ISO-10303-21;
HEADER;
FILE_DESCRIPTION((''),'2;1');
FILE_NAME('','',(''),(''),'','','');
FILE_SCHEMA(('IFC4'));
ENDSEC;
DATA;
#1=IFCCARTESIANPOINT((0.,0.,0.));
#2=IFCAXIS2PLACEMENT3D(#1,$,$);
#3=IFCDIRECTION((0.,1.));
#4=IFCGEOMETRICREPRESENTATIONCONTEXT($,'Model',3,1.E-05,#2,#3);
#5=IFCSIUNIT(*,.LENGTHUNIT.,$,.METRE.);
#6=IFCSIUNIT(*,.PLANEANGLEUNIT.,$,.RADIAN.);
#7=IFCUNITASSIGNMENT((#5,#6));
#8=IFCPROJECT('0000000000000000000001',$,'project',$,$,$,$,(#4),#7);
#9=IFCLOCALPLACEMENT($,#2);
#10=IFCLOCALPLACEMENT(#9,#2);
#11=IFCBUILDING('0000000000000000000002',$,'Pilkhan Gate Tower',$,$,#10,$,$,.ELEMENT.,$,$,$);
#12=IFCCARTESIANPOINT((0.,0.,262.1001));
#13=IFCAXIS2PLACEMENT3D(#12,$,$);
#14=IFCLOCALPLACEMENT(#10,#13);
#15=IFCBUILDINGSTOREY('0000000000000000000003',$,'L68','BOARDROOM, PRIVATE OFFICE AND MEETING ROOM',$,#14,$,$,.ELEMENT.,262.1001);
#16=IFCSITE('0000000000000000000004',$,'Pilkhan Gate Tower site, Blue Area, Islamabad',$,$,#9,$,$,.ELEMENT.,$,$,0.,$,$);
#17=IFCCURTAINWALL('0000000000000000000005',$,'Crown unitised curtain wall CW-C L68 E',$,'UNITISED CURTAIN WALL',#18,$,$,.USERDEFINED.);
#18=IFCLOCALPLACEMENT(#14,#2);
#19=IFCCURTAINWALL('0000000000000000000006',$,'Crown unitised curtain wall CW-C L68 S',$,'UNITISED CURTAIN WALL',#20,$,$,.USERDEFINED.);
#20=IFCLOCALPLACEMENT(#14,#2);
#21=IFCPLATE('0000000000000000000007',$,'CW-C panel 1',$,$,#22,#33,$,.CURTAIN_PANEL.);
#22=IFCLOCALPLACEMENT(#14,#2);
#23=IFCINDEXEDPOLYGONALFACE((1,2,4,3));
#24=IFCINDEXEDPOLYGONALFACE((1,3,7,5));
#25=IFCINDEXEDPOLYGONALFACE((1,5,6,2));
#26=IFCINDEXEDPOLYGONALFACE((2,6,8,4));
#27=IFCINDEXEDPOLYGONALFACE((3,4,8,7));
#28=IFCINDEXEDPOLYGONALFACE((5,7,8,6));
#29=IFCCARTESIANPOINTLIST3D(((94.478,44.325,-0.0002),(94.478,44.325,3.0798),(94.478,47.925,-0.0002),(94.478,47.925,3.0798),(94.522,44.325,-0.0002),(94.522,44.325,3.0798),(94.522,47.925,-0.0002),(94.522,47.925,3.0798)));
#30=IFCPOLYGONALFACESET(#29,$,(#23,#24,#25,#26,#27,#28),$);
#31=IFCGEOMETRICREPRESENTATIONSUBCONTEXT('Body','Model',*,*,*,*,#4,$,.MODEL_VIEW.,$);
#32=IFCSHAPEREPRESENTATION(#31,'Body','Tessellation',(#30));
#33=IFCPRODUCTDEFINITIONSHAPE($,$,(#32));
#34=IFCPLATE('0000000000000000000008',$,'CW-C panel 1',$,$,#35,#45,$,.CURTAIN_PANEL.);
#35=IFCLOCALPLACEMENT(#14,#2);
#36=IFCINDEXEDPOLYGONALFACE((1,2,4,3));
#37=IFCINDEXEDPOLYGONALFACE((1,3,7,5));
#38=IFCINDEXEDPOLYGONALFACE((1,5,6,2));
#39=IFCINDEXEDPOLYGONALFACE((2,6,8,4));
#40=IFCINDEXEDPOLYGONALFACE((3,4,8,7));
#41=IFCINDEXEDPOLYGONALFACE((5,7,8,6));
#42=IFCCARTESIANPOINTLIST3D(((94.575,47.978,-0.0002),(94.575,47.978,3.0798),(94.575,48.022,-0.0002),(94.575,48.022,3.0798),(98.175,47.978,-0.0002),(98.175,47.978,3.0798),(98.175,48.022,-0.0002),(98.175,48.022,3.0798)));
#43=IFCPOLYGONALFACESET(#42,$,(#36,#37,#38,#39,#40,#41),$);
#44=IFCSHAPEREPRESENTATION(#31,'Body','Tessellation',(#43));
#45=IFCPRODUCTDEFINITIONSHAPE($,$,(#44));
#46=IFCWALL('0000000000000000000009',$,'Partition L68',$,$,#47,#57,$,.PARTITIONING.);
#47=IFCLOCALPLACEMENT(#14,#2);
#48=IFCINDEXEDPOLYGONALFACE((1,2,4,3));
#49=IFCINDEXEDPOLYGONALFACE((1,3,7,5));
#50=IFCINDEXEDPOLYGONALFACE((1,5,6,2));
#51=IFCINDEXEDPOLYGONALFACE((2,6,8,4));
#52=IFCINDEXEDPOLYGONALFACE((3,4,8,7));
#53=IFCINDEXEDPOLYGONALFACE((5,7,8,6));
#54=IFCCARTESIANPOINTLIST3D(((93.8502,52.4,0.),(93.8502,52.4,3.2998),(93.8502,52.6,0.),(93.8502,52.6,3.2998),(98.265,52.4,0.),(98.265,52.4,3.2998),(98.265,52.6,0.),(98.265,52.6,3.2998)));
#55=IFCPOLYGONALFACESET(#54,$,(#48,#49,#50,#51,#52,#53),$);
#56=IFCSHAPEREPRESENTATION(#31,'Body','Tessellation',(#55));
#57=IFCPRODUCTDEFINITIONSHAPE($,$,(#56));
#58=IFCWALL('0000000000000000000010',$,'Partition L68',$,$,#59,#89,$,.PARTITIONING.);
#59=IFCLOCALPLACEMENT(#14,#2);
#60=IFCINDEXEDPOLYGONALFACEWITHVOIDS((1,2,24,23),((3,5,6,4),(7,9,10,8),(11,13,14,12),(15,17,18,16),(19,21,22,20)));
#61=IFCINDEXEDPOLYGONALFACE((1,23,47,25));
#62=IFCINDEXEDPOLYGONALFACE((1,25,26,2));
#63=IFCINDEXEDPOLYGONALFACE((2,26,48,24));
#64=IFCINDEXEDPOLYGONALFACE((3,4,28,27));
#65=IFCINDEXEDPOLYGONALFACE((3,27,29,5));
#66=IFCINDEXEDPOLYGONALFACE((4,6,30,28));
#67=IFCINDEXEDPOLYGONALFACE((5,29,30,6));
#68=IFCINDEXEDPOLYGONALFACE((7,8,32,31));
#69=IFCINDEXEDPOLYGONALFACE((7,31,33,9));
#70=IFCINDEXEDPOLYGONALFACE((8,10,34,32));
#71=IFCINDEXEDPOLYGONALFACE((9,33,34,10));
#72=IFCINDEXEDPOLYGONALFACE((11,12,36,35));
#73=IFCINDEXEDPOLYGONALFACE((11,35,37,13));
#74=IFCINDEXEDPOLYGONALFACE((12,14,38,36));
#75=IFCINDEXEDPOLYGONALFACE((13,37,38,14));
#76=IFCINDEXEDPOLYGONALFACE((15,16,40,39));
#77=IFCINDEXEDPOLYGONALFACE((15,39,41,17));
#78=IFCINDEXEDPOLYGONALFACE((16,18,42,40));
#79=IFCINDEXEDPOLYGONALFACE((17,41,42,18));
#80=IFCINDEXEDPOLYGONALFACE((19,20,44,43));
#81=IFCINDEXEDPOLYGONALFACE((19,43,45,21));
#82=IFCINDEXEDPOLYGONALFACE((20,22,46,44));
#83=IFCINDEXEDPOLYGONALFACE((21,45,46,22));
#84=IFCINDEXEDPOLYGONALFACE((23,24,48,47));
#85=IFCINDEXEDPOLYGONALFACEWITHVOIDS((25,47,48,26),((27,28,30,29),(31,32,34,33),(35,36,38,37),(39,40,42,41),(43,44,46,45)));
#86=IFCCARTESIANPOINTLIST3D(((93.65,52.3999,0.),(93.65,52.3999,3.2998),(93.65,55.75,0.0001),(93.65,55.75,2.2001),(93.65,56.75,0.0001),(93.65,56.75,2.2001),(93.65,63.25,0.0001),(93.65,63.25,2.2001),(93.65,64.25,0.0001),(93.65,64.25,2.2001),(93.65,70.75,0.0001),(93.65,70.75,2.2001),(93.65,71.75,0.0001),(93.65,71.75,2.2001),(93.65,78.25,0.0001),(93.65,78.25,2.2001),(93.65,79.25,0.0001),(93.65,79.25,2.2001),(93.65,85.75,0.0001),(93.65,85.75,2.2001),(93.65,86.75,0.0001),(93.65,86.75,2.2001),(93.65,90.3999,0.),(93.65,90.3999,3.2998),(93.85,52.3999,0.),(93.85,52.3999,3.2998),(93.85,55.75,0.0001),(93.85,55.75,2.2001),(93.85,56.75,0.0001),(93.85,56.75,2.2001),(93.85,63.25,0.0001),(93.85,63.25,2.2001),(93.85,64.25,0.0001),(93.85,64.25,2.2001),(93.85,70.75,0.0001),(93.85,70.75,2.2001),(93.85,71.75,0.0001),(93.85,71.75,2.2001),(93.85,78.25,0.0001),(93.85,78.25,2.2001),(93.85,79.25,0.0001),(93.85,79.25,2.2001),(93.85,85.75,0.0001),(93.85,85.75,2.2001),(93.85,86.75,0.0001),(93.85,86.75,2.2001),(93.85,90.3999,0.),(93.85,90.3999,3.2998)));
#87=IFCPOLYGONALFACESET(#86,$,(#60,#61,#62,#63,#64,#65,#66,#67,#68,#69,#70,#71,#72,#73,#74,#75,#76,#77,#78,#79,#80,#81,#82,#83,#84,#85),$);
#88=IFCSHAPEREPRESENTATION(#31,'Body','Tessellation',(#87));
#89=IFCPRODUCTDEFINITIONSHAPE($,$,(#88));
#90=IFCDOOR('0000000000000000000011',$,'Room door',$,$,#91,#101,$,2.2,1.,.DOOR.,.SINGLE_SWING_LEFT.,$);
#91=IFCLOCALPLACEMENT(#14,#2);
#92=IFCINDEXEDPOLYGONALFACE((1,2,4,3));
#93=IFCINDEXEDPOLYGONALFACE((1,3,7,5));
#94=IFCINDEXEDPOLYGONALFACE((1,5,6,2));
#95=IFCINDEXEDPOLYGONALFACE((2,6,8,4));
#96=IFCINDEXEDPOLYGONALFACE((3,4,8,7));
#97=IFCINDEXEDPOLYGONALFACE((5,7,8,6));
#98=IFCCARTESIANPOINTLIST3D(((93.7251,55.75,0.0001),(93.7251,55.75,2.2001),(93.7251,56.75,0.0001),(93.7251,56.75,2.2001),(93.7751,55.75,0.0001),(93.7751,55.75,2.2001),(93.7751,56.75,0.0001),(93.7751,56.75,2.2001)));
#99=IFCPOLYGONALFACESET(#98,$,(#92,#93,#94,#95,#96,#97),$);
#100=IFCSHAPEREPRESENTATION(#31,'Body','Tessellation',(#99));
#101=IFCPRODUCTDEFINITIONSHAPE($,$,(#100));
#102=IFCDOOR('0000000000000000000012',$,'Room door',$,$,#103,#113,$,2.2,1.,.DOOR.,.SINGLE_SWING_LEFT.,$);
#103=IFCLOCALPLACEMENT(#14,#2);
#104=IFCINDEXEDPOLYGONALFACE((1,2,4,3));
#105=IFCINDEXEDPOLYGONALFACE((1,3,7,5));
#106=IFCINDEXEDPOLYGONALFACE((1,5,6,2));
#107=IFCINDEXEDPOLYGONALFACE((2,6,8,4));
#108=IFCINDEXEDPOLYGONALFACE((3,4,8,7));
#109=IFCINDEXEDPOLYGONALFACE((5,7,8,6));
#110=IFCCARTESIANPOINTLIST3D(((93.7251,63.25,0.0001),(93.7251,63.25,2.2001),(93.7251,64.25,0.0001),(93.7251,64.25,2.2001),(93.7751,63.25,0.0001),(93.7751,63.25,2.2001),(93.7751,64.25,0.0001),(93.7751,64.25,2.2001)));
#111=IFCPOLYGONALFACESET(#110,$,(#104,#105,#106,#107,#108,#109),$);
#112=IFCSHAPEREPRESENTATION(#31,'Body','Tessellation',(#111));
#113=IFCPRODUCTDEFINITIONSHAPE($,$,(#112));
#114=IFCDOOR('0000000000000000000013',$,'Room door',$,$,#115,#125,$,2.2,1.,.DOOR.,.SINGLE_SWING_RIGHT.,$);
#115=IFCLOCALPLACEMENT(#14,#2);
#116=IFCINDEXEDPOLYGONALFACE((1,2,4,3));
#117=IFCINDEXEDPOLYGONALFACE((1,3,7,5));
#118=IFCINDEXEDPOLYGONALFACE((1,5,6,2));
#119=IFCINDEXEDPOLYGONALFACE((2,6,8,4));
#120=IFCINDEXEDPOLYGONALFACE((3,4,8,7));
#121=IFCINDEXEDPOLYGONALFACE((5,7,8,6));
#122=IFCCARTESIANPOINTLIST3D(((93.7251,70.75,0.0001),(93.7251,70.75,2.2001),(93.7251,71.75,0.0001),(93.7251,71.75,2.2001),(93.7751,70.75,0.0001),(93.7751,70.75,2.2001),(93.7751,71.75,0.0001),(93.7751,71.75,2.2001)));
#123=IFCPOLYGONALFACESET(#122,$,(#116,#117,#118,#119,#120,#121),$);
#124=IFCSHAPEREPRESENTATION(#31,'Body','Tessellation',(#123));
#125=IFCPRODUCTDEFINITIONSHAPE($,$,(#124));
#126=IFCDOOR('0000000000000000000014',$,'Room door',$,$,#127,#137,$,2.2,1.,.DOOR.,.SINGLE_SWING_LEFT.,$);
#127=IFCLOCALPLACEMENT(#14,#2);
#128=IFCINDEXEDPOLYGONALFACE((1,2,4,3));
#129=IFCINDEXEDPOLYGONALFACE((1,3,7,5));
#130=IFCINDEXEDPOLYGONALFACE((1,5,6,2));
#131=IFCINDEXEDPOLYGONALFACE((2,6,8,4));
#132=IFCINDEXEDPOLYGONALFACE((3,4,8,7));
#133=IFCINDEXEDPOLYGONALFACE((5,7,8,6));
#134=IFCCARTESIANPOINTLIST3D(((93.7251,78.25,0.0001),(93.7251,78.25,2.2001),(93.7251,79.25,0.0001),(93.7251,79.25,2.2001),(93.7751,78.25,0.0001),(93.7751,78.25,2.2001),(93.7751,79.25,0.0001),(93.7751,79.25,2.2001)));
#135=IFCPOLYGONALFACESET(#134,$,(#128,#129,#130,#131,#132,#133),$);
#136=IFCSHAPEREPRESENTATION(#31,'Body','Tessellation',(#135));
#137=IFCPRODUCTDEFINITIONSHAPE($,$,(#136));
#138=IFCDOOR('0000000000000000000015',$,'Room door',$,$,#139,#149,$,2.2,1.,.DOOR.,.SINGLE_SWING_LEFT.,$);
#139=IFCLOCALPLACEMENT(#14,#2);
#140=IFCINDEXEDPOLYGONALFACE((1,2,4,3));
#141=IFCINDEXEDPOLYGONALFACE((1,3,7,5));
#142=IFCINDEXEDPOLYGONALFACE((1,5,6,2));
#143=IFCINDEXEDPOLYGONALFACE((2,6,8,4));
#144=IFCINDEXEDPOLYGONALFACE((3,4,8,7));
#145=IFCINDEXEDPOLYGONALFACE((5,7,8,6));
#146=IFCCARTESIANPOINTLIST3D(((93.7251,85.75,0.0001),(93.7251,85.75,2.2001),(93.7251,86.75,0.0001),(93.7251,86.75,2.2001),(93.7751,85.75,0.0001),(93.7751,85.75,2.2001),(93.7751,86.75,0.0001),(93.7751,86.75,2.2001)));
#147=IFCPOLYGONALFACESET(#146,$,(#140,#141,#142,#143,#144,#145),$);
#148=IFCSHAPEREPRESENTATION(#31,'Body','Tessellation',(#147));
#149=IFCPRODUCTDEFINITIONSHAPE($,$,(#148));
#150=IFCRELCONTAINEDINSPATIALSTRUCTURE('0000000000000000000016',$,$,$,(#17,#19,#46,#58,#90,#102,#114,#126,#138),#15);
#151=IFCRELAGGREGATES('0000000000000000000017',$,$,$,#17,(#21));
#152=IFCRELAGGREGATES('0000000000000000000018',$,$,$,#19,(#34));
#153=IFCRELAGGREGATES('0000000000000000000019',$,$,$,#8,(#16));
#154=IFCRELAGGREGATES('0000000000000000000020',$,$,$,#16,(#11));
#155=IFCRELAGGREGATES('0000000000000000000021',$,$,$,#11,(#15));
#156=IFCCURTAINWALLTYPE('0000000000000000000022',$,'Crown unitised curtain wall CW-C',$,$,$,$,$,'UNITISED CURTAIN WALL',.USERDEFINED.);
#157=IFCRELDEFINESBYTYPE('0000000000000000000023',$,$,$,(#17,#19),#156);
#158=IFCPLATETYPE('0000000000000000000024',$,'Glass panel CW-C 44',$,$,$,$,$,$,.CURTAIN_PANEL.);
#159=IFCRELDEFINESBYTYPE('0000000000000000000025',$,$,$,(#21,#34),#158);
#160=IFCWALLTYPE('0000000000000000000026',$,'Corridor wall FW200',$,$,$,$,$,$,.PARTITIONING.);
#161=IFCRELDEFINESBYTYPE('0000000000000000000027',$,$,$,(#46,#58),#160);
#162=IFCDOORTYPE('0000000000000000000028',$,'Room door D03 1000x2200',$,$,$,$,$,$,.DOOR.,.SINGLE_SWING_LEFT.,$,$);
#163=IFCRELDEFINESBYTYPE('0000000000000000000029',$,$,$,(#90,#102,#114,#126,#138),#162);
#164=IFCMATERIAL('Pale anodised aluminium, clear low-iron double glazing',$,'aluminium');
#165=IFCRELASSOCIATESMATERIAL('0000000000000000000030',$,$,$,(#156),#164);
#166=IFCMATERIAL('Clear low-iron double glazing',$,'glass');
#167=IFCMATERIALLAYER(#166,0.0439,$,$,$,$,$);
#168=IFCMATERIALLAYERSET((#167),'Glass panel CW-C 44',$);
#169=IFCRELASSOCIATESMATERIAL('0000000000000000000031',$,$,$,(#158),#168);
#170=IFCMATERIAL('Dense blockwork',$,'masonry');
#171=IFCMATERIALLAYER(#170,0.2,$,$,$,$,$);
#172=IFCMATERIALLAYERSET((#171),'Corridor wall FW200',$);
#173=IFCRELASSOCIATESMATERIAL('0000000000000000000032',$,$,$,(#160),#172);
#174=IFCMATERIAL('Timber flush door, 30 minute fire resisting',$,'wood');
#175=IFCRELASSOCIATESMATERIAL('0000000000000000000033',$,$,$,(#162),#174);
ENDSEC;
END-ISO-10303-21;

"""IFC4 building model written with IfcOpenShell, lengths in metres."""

from ifc_helpers import new_model, si_unit, direction, frame, frame_2d, origin, origin_2d, place, context, subcontext, project, spatial, rectangle, extrude, material, layer, layer_set, type_object, element, fill, aggregate, save


model = new_model("IFC4")

# Units and contexts
model_context = context("Model", 3, precision=1e-05, world=origin(), true_north=direction((0.0, 1.0)))
body_context = subcontext(model_context, "Body", "Model", "MODEL_VIEW")
ifc_project = project(units=[si_unit("LENGTHUNIT", "METRE"), si_unit("PLANEANGLEUNIT", "RADIAN")], contexts=[model_context])

# Site, building, storey
site_placement = place(None, origin())
site = spatial("IfcSite", under=ifc_project, at=site_placement, Name="Pilkhan Gate Tower site, Blue Area, Islamabad", CompositionType="ELEMENT", RefElevation=0.0)
building_placement = place(site_placement, origin())
building = spatial("IfcBuilding", under=site, at=building_placement, Name="Pilkhan Gate Tower", CompositionType="ELEMENT")
storey_placement = place(building_placement, frame((0.0, 0.0, 262.1001)))
storey = spatial("IfcBuildingStorey", under=building, at=storey_placement, Name="L68", Description="BOARDROOM, PRIVATE OFFICE AND MEETING ROOM", CompositionType="ELEMENT", Elevation=262.1001)

# Shared definitions
ifc_material_1 = material(Name="Pale anodised aluminium, clear low-iron double glazing", Category="aluminium")
curtain_wall_type = type_object("IfcCurtainWallType", Name="Crown unitised curtain wall CW-C", ElementType="UNITISED CURTAIN WALL", PredefinedType="USERDEFINED", material=ifc_material_1)

# Curtain walls
curtain_wall_1_placement = place(storey_placement, origin())
curtain_wall_1 = element("IfcCurtainWall", 1, at=curtain_wall_1_placement, inside=storey, type_object=curtain_wall_type, Name="Crown unitised curtain wall CW-C L68 E", ObjectType="UNITISED CURTAIN WALL", PredefinedType="USERDEFINED")
curtain_wall_2_placement = place(storey_placement, origin())
curtain_wall_2 = element("IfcCurtainWall", 2, at=curtain_wall_2_placement, inside=storey, type_object=curtain_wall_type, Name="Crown unitised curtain wall CW-C L68 S", ObjectType="UNITISED CURTAIN WALL", PredefinedType="USERDEFINED")

# Plates
ifc_material_2 = material(Name="Clear low-iron double glazing", Category="glass")
ifc_layer_1 = layer(ifc_material_2, 0.0439)
ifc_layer_set_1 = layer_set([ifc_layer_1], Name="Glass panel CW-C 44")
plate_type = type_object("IfcPlateType", Name="Glass panel CW-C 44", PredefinedType="CURTAIN_PANEL", material=ifc_layer_set_1)
plate_1_placement = place(storey_placement, frame((94.5, 46.125, -0.0002), z_axis=(0.0, 0.0, 1.0), x_axis=(0.0, 1.0, 0.0)))
plate_1 = element("IfcPlate", 3, at=plate_1_placement, type_object=plate_type, Name="CW-C panel 1", PredefinedType="CURTAIN_PANEL", context=body_context, shape_type="SweptSolid", body=[
    extrude(rectangle(XDim=3.6001, YDim=0.0439, at=origin_2d()), origin(), (0.0, 0.0, 1.0), 3.0801),
])
aggregate(curtain_wall_1, [plate_1])
plate_2_placement = place(storey_placement, frame((96.375, 48.0, -0.0002), z_axis=(0.0, 0.0, 1.0), x_axis=(1.0, 0.0, 0.0)))
plate_2 = element("IfcPlate", 4, at=plate_2_placement, type_object=plate_type, Name="CW-C panel 1", PredefinedType="CURTAIN_PANEL", context=body_context, shape_type="SweptSolid", body=[
    extrude(rectangle(XDim=3.6001, YDim=0.0439, at=origin_2d()), origin(), (0.0, 0.0, 1.0), 3.0801),
])
aggregate(curtain_wall_2, [plate_2])

# Wall
ifc_material_3 = material(Name="Dense blockwork", Category="masonry")
ifc_layer_2 = layer(ifc_material_3, 0.2)
ifc_layer_set_2 = layer_set([ifc_layer_2], Name="Corridor wall FW200")
wall_type = type_object("IfcWallType", Name="Corridor wall FW200", PredefinedType="PARTITIONING", material=ifc_layer_set_2)
wall_1_placement = place(storey_placement, frame((93.8501, 52.5, 0.0), z_axis=(0.0, 0.0, 1.0), x_axis=(1.0, 0.0, 0.0)))
element("IfcWall", 5, at=wall_1_placement, inside=storey, type_object=wall_type, Name="Partition L68", PredefinedType="PARTITIONING", context=body_context, shape_type="SweptSolid", body=[
    extrude(rectangle(XDim=4.4148, YDim=0.2, at=frame_2d((2.2075, 0.0))), origin(), (0.0, 0.0, 1.0), 3.2998),
])

# Wall, openings, doors
wall_2_placement = place(storey_placement, frame((93.75, 52.3999, 0.0), z_axis=(0.0, 0.0, 1.0), x_axis=(0.0, 1.0, 0.0)))
wall_2 = element("IfcWall", 6, at=wall_2_placement, inside=storey, type_object=wall_type, Name="Partition L68", PredefinedType="PARTITIONING", context=body_context, shape_type="SweptSolid", body=[
    extrude(rectangle(XDim=38.0, YDim=0.2, at=frame_2d((19.0, 0.0))), origin(), (0.0, 0.0, 1.0), 3.2998),
])
opening_1_placement = place(wall_2_placement, frame((3.3501, 0.0, 0.0)))
opening_1 = element("IfcOpeningElement", 7, at=opening_1_placement, cuts=wall_2, PredefinedType="OPENING", context=body_context, shape_type="SweptSolid", body=[
    extrude(rectangle(XDim=1.0, YDim=2.2, at=frame_2d((0.5, 1.1001))), frame((0.0, 0.1099, 0.0), z_axis=(0.0, -1.0, 0.0), x_axis=(1.0, 0.0, 0.0)), (0.0, 0.0, 1.0), 0.22),
])
opening_2_placement = place(wall_2_placement, frame((10.8501, 0.0, 0.0)))
opening_2 = element("IfcOpeningElement", 8, at=opening_2_placement, cuts=wall_2, PredefinedType="OPENING", context=body_context, shape_type="SweptSolid", body=[
    extrude(rectangle(XDim=1.0, YDim=2.2, at=frame_2d((0.5, 1.1001))), frame((0.0, 0.1099, 0.0), z_axis=(0.0, -1.0, 0.0), x_axis=(1.0, 0.0, 0.0)), (0.0, 0.0, 1.0), 0.22),
])
opening_3_placement = place(wall_2_placement, frame((18.3501, 0.0, 0.0)))
opening_3 = element("IfcOpeningElement", 9, at=opening_3_placement, cuts=wall_2, PredefinedType="OPENING", context=body_context, shape_type="SweptSolid", body=[
    extrude(rectangle(XDim=1.0, YDim=2.2, at=frame_2d((0.5, 1.1001))), frame((0.0, 0.1099, 0.0), z_axis=(0.0, -1.0, 0.0), x_axis=(1.0, 0.0, 0.0)), (0.0, 0.0, 1.0), 0.22),
])
opening_4_placement = place(wall_2_placement, frame((25.8501, 0.0, 0.0)))
opening_4 = element("IfcOpeningElement", 10, at=opening_4_placement, cuts=wall_2, PredefinedType="OPENING", context=body_context, shape_type="SweptSolid", body=[
    extrude(rectangle(XDim=1.0, YDim=2.2, at=frame_2d((0.5, 1.1001))), frame((0.0, 0.1099, 0.0), z_axis=(0.0, -1.0, 0.0), x_axis=(1.0, 0.0, 0.0)), (0.0, 0.0, 1.0), 0.22),
])
opening_5_placement = place(wall_2_placement, frame((33.3501, 0.0, 0.0)))
opening_5 = element("IfcOpeningElement", 11, at=opening_5_placement, cuts=wall_2, PredefinedType="OPENING", context=body_context, shape_type="SweptSolid", body=[
    extrude(rectangle(XDim=1.0, YDim=2.2, at=frame_2d((0.5, 1.1001))), frame((0.0, 0.1099, 0.0), z_axis=(0.0, -1.0, 0.0), x_axis=(1.0, 0.0, 0.0)), (0.0, 0.0, 1.0), 0.22),
])
ifc_material_4 = material(Name="Timber flush door, 30 minute fire resisting", Category="wood")
door_type = type_object("IfcDoorType", Name="Room door D03 1000x2200", OperationType="SINGLE_SWING_LEFT", PredefinedType="DOOR", material=ifc_material_4)
door_1_placement = place(opening_1_placement, origin())
door_1 = element("IfcDoor", 12, at=door_1_placement, inside=storey, type_object=door_type, Name="Room door", OperationType="SINGLE_SWING_LEFT", OverallHeight=2.2, OverallWidth=1.0, PredefinedType="DOOR", context=body_context, shape_type="SweptSolid", body=[
    extrude(rectangle(XDim=1.0, YDim=2.2, at=frame_2d((0.5, 1.1001))), frame((0.0, 0.0249, 0.0), z_axis=(0.0, -1.0, 0.0), x_axis=(1.0, 0.0, 0.0)), (0.0, 0.0, 1.0), 0.05),
])
fill(opening_1, door_1)
door_2_placement = place(opening_2_placement, origin())
door_2 = element("IfcDoor", 13, at=door_2_placement, inside=storey, type_object=door_type, Name="Room door", OperationType="SINGLE_SWING_LEFT", OverallHeight=2.2, OverallWidth=1.0, PredefinedType="DOOR", context=body_context, shape_type="SweptSolid", body=[
    extrude(rectangle(XDim=1.0, YDim=2.2, at=frame_2d((0.5, 1.1001))), frame((0.0, 0.0249, 0.0), z_axis=(0.0, -1.0, 0.0), x_axis=(1.0, 0.0, 0.0)), (0.0, 0.0, 1.0), 0.05),
])
fill(opening_2, door_2)
door_3_placement = place(opening_3_placement, origin())
door_3 = element("IfcDoor", 14, at=door_3_placement, inside=storey, type_object=door_type, Name="Room door", OperationType="SINGLE_SWING_RIGHT", OverallHeight=2.2, OverallWidth=1.0, PredefinedType="DOOR", context=body_context, shape_type="SweptSolid", body=[
    extrude(rectangle(XDim=1.0, YDim=2.2, at=frame_2d((0.5, 1.1001))), frame((0.0, 0.0249, 0.0), z_axis=(0.0, -1.0, 0.0), x_axis=(1.0, 0.0, 0.0)), (0.0, 0.0, 1.0), 0.05),
])
fill(opening_3, door_3)
door_4_placement = place(opening_4_placement, origin())
door_4 = element("IfcDoor", 15, at=door_4_placement, inside=storey, type_object=door_type, Name="Room door", OperationType="SINGLE_SWING_LEFT", OverallHeight=2.2, OverallWidth=1.0, PredefinedType="DOOR", context=body_context, shape_type="SweptSolid", body=[
    extrude(rectangle(XDim=1.0, YDim=2.2, at=frame_2d((0.5, 1.1001))), frame((0.0, 0.0249, 0.0), z_axis=(0.0, -1.0, 0.0), x_axis=(1.0, 0.0, 0.0)), (0.0, 0.0, 1.0), 0.05),
])
fill(opening_4, door_4)
door_5_placement = place(opening_5_placement, origin())
door_5 = element("IfcDoor", 16, at=door_5_placement, inside=storey, type_object=door_type, Name="Room door", OperationType="SINGLE_SWING_LEFT", OverallHeight=2.2, OverallWidth=1.0, PredefinedType="DOOR", context=body_context, shape_type="SweptSolid", body=[
    extrude(rectangle(XDim=1.0, YDim=2.2, at=frame_2d((0.5, 1.1001))), frame((0.0, 0.0249, 0.0), z_axis=(0.0, -1.0, 0.0), x_axis=(1.0, 0.0, 0.0)), (0.0, 0.0, 1.0), 0.05),
])
fill(opening_5, door_5)

save(model, "model.ifc")
